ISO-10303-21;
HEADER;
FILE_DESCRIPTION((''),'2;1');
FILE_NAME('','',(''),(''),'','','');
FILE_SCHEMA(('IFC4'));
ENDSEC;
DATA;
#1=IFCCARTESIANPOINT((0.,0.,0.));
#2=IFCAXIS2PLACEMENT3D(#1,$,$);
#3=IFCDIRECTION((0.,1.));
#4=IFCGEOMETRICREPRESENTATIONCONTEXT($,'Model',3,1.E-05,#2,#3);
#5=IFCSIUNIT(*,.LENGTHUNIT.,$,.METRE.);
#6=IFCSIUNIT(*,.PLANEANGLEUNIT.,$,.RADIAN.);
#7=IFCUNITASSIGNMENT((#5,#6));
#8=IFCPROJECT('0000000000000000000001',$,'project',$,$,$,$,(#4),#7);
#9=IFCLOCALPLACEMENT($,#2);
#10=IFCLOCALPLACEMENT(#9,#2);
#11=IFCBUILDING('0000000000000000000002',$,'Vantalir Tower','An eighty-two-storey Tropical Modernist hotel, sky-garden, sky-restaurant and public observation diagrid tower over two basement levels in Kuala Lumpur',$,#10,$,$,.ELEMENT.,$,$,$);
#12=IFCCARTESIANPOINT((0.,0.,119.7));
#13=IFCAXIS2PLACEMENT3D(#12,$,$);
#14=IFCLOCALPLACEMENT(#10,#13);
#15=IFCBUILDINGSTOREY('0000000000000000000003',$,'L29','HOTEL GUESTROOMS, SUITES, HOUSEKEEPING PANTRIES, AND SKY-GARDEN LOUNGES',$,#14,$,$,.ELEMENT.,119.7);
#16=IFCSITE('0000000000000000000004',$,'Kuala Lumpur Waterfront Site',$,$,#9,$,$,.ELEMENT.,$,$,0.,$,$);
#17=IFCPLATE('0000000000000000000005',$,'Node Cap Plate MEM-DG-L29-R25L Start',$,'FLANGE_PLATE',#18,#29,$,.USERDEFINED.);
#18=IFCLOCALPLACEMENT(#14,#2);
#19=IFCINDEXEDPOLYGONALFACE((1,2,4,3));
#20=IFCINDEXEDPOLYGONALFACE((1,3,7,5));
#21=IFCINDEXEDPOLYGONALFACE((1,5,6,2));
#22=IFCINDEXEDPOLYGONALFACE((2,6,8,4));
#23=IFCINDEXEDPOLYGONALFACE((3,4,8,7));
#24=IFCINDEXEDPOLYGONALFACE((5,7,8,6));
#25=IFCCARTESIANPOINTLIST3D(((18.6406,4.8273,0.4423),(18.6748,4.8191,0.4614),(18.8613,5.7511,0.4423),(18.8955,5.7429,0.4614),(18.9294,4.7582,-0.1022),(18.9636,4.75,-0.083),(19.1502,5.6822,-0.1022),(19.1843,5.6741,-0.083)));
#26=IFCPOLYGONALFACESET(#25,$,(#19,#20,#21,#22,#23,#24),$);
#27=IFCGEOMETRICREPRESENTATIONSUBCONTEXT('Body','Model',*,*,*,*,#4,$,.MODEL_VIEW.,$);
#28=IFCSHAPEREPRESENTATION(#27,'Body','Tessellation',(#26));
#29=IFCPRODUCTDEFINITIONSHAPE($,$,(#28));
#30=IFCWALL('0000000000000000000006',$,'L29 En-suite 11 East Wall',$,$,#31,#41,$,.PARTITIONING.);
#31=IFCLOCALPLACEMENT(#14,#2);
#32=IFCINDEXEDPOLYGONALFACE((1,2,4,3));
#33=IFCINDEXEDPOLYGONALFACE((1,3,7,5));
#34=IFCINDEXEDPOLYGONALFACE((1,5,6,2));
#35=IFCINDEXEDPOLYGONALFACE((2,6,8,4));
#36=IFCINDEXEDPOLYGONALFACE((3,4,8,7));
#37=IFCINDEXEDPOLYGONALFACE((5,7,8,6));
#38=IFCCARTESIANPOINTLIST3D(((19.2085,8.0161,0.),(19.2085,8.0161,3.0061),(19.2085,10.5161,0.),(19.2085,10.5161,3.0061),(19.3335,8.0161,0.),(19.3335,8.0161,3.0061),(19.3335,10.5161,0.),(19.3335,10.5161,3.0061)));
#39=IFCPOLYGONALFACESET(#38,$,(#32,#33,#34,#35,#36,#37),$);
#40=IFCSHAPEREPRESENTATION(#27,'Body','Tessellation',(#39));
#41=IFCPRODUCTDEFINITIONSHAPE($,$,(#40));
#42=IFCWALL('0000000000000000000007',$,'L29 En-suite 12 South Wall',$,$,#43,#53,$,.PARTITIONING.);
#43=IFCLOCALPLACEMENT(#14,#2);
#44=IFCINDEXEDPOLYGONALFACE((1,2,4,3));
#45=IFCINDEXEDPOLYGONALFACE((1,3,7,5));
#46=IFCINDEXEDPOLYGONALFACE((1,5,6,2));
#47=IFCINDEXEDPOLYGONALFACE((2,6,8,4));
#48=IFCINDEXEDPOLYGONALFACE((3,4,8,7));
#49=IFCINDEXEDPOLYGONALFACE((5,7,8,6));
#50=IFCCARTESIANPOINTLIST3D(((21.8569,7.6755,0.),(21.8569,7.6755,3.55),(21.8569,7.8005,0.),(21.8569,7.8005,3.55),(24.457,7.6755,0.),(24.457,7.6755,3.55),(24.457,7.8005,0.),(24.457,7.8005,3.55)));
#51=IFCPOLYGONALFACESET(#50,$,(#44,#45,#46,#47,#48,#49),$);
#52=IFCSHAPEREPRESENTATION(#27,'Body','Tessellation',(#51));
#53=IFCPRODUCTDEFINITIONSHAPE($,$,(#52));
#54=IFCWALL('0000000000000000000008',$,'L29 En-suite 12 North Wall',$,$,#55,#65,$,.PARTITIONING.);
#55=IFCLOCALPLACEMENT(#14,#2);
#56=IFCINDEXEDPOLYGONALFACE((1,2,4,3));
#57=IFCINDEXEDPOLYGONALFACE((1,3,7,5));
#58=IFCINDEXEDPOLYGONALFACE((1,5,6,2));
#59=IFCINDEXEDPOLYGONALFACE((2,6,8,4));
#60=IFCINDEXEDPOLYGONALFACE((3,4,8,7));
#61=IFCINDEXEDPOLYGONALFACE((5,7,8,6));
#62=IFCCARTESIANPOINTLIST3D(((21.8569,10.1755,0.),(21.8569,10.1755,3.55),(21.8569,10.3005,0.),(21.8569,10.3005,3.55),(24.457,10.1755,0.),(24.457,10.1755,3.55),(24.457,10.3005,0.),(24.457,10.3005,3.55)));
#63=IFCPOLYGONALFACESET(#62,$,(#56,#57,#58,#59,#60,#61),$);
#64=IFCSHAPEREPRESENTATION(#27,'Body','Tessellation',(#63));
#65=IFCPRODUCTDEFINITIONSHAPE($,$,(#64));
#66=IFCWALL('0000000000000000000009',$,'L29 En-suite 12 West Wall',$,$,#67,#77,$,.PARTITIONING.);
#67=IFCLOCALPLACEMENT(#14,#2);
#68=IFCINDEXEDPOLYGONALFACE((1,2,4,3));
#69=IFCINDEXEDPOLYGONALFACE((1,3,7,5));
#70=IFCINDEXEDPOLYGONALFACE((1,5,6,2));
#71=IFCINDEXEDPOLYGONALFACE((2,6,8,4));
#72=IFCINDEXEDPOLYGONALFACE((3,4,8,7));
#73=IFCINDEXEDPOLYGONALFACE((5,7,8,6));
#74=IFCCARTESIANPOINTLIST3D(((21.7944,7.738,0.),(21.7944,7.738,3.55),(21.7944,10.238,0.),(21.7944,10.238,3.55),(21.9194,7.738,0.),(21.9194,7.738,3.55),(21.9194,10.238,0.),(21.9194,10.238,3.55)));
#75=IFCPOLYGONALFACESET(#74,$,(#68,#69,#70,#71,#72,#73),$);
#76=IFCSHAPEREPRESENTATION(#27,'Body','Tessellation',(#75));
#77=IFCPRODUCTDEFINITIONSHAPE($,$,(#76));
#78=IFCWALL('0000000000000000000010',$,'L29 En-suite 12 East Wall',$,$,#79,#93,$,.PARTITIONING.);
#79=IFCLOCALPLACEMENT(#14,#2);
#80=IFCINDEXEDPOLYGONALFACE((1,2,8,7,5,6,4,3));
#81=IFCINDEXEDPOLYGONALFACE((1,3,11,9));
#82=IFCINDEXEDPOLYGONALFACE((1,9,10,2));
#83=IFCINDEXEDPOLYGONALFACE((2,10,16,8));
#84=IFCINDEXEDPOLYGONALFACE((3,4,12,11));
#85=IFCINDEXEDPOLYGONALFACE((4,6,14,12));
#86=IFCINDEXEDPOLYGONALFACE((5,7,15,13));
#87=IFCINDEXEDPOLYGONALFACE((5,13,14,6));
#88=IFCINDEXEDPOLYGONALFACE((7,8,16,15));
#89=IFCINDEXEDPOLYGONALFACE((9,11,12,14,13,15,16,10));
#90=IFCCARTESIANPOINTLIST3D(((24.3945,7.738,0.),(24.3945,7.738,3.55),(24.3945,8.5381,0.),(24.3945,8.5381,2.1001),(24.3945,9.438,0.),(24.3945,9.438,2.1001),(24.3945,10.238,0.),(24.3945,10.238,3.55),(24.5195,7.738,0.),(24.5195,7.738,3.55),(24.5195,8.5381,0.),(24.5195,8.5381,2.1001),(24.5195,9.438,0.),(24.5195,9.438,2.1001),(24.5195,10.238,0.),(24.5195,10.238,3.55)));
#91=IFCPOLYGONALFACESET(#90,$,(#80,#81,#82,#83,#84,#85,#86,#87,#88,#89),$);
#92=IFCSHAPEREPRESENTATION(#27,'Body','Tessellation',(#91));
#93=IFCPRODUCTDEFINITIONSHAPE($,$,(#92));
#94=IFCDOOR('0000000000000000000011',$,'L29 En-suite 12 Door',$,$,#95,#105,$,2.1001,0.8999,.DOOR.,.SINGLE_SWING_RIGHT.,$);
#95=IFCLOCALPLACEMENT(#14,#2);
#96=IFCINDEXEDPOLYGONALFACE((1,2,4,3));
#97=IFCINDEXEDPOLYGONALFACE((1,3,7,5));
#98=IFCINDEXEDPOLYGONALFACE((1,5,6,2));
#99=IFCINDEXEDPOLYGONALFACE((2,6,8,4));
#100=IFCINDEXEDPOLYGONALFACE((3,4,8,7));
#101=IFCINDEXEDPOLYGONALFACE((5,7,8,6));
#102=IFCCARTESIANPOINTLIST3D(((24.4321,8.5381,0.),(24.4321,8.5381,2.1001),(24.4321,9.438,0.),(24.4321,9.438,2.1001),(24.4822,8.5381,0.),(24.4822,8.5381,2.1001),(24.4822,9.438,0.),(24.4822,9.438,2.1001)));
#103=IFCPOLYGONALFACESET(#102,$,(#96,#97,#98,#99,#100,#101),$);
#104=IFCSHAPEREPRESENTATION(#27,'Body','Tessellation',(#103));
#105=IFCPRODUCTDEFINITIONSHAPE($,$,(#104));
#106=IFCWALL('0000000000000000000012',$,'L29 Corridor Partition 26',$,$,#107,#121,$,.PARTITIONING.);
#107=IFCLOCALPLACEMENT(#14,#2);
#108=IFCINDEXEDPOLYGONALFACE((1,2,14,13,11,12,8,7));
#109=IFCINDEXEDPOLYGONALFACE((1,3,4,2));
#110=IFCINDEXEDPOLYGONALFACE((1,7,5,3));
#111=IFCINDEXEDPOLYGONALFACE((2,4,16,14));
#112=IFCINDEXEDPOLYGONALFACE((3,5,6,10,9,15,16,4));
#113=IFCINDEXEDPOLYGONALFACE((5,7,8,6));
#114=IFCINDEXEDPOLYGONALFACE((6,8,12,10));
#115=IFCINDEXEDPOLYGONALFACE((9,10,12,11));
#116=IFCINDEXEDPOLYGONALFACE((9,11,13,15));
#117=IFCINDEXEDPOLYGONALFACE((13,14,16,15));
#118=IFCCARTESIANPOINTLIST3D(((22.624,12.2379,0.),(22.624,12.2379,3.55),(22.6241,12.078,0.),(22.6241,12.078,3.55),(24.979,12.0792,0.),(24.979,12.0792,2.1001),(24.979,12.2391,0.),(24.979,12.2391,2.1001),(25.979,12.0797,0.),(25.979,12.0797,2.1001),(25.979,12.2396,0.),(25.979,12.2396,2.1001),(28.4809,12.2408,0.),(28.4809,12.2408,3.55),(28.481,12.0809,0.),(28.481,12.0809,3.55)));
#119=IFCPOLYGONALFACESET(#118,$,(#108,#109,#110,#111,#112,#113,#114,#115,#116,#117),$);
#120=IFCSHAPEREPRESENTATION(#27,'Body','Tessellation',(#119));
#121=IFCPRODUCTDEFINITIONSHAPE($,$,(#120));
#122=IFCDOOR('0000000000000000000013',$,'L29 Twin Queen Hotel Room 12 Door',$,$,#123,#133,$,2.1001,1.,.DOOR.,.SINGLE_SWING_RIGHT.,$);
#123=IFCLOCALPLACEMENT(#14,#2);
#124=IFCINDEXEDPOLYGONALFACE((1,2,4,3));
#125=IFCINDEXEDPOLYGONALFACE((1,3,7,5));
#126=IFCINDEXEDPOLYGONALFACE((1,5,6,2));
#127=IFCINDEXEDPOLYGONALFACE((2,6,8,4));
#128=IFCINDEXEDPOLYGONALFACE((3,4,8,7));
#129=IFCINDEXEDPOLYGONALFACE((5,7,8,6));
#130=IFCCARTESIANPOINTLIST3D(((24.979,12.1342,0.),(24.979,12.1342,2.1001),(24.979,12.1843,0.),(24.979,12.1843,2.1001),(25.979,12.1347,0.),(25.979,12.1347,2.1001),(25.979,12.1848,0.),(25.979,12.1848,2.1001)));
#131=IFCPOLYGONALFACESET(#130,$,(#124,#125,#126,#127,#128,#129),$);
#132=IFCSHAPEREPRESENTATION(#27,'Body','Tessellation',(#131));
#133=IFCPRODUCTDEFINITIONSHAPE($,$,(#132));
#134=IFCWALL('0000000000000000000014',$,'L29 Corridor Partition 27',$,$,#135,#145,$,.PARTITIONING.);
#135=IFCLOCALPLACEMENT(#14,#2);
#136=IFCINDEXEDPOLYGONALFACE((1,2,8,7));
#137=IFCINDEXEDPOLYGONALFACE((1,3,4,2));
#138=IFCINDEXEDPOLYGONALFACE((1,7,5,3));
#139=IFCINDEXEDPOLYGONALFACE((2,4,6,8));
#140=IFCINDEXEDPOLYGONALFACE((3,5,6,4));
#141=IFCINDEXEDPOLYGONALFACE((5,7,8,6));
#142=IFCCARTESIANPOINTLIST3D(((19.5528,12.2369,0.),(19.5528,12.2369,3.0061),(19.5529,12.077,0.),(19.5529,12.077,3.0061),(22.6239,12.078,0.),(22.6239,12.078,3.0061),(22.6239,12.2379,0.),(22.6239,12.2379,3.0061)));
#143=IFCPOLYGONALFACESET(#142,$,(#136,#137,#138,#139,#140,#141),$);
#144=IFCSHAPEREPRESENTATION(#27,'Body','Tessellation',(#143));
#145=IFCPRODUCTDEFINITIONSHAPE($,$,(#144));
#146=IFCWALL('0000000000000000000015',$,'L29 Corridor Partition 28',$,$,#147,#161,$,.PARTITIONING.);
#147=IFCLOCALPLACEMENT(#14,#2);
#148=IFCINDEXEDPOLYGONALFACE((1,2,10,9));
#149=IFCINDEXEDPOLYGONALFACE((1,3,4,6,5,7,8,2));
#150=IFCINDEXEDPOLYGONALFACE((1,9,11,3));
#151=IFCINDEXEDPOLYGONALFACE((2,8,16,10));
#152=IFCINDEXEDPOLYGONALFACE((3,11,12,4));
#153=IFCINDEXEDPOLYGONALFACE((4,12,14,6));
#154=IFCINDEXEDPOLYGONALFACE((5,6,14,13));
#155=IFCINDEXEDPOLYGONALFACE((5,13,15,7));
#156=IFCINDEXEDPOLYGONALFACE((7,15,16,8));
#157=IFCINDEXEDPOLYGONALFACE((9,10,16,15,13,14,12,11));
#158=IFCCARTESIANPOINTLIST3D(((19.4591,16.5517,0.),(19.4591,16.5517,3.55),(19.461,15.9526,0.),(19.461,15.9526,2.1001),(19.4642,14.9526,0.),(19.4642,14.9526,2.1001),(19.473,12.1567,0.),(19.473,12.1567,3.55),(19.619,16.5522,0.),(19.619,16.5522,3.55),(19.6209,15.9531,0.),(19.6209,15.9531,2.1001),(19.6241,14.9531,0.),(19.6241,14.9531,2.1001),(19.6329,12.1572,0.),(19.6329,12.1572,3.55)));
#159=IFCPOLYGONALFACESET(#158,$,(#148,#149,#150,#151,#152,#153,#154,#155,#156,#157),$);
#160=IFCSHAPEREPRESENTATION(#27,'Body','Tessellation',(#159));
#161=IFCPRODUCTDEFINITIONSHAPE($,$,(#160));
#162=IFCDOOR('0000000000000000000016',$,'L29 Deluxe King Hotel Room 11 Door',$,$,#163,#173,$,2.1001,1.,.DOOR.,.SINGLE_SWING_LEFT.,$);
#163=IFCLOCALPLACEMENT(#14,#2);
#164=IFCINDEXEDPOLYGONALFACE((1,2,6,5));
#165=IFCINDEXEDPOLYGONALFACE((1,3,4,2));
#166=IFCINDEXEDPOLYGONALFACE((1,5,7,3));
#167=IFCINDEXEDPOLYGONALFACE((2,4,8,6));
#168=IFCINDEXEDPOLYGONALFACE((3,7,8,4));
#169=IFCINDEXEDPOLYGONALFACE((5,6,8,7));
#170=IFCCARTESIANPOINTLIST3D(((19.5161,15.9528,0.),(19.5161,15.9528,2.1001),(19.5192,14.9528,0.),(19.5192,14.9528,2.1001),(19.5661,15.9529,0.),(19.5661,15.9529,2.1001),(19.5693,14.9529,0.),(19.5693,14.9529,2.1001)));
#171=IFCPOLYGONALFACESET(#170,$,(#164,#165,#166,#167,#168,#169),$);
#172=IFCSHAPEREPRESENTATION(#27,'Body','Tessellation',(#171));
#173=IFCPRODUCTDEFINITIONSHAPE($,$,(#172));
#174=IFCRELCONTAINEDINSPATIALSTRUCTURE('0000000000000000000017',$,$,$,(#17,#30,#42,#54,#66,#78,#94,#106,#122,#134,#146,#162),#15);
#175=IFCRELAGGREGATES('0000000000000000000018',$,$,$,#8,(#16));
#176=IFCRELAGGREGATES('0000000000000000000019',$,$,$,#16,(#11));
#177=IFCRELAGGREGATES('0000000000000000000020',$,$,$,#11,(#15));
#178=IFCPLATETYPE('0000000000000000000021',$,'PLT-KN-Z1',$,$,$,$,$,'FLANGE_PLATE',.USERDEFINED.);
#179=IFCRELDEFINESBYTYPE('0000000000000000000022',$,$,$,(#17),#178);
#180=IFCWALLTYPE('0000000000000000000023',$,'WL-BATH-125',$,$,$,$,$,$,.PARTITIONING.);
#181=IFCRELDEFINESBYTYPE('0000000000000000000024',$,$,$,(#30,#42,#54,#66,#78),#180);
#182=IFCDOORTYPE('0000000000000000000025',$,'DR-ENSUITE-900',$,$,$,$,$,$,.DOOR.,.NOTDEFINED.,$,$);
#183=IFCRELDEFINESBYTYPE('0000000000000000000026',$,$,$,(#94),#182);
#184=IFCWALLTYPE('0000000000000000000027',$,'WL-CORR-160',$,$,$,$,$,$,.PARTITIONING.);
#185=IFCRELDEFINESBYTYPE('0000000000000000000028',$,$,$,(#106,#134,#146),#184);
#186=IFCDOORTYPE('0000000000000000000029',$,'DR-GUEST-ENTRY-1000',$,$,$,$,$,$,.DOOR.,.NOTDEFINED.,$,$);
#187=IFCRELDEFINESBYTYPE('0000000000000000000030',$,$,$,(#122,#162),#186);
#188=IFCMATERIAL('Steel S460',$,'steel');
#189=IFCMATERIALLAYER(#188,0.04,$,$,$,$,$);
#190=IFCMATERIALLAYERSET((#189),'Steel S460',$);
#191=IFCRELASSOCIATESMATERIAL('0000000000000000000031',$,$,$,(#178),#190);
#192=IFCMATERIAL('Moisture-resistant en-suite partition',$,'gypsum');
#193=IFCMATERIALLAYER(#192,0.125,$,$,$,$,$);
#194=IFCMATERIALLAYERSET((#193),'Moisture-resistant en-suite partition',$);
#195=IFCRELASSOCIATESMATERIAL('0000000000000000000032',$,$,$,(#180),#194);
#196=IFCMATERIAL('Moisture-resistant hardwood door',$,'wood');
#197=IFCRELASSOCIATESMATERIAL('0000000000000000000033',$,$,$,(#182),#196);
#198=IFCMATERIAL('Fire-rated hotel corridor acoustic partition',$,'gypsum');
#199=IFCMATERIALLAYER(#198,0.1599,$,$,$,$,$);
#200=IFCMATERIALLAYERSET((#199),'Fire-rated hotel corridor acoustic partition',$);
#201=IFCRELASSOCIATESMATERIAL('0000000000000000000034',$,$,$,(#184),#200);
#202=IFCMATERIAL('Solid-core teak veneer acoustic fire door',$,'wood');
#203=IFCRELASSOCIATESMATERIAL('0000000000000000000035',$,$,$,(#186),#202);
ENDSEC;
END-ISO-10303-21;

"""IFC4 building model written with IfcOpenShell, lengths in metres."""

from ifc_helpers import new_model, si_unit, direction, frame, frame_2d, origin, place, context, subcontext, project, spatial, polyline, rectangle, outline, extrude, material, layer, layer_set, type_object, element, fill, save


model = new_model("IFC4")

# Units and contexts
model_context = context("Model", 3, precision=1e-05, world=origin(), true_north=direction((0.0, 1.0)))
body_context = subcontext(model_context, "Body", "Model", "MODEL_VIEW")
ifc_project = project(units=[si_unit("LENGTHUNIT", "METRE"), si_unit("PLANEANGLEUNIT", "RADIAN")], contexts=[model_context])

# Site, building, storey
site_placement = place(None, origin())
site = spatial("IfcSite", under=ifc_project, at=site_placement, Name="Kuala Lumpur Waterfront Site", CompositionType="ELEMENT", RefElevation=0.0)
building_placement = place(site_placement, origin())
building = spatial("IfcBuilding", under=site, at=building_placement, Name="Vantalir Tower", Description="An eighty-two-storey Tropical Modernist hotel, sky-garden, sky-restaurant and public observation diagrid tower over two basement levels in Kuala Lumpur", CompositionType="ELEMENT")
storey_placement = place(building_placement, frame((0.0, 0.0, 119.7)))
storey = spatial("IfcBuildingStorey", under=building, at=storey_placement, Name="L29", Description="HOTEL GUESTROOMS, SUITES, HOUSEKEEPING PANTRIES, AND SKY-GARDEN LOUNGES", CompositionType="ELEMENT", Elevation=119.7)

# Shared definitions
ifc_material_1 = material(Name="Steel S460", Category="steel")

# Plate
ifc_layer_1 = layer(ifc_material_1, 0.04)
ifc_layer_set_1 = layer_set([ifc_layer_1], Name="Steel S460")
plate_type_1 = type_object("IfcPlateType", Name="PLT-KN-Z1", ElementType="FLANGE_PLATE", PredefinedType="USERDEFINED", material=ifc_layer_set_1)
plate_1_placement = place(storey_placement, frame((18.9636, 4.75, -0.083), z_axis=(0.853889, -0.203968, 0.478822), x_axis=(0.232326, 0.972638, 0.000013)))
element("IfcPlate", 1, at=plate_1_placement, inside=storey, type_object=plate_type_1, Name="Node Cap Plate MEM-DG-L29-R25L Start", ObjectType="FLANGE_PLATE", PredefinedType="USERDEFINED", context=body_context, shape_type="SweptSolid", body=[
    extrude(outline(polyline([(0.0, 0.0), (0.9501, 0.0), (0.9499, 0.6201), (0.0001, 0.6202), (0.0, 0.0)])), origin(), (0.0, 0.0, -1.0), 0.04),
])

# Walls
ifc_material_2 = material(Name="Moisture-resistant en-suite partition", Category="gypsum")
ifc_layer_2 = layer(ifc_material_2, 0.125)
ifc_layer_set_2 = layer_set([ifc_layer_2], Name="Moisture-resistant en-suite partition")
wall_type_1 = type_object("IfcWallType", Name="WL-BATH-125", PredefinedType="PARTITIONING", material=ifc_layer_set_2)
wall_1_placement = place(storey_placement, frame((19.271, 8.0161, 0.0), z_axis=(0.0, 0.0, 1.0), x_axis=(0.0, 1.0, 0.0)))
element("IfcWall", 2, at=wall_1_placement, inside=storey, type_object=wall_type_1, Name="L29 En-suite 11 East Wall", PredefinedType="PARTITIONING", context=body_context, shape_type="SweptSolid", body=[
    extrude(rectangle(XDim=2.5, YDim=0.125, at=frame_2d((1.25, 0.0))), origin(), (0.0, 0.0, 1.0), 3.0061),
])
for number, where, z_axis, x_axis, name in (
    (3, (21.8569, 7.738, 0.0), (0.0, 0.0, 1.0), (1.0, 0.0, 0.0), "L29 En-suite 12 South Wall"),
    (4, (21.8569, 10.238, 0.0), (0.0, 0.0, 1.0), (1.0, 0.0, 0.0), "L29 En-suite 12 North Wall"),
):
    element("IfcWall", number, at=place(storey_placement, frame(where, z_axis=z_axis, x_axis=x_axis)), inside=storey, type_object=wall_type_1, Name=name, PredefinedType="PARTITIONING", context=body_context, shape_type="SweptSolid", body=[
        extrude(rectangle(XDim=2.6001, YDim=0.125, at=frame_2d((1.3, 0.0))), origin(), (0.0, 0.0, 1.0), 3.55),
    ])
wall_2_placement = place(storey_placement, frame((21.8569, 7.738, 0.0), z_axis=(0.0, 0.0, 1.0), x_axis=(0.0, 1.0, 0.0)))
element("IfcWall", 5, at=wall_2_placement, inside=storey, type_object=wall_type_1, Name="L29 En-suite 12 West Wall", PredefinedType="PARTITIONING", context=body_context, shape_type="SweptSolid", body=[
    extrude(rectangle(XDim=2.5, YDim=0.125, at=frame_2d((1.25, 0.0))), origin(), (0.0, 0.0, 1.0), 3.55),
])

# Walls, openings, doors
wall_3_placement = place(storey_placement, frame((24.457, 7.738, 0.0), z_axis=(0.0, 0.0, 1.0), x_axis=(0.0, 1.0, 0.0)))
wall_3 = element("IfcWall", 6, at=wall_3_placement, inside=storey, type_object=wall_type_1, Name="L29 En-suite 12 East Wall", PredefinedType="PARTITIONING", context=body_context, shape_type="SweptSolid", body=[
    extrude(rectangle(XDim=2.5, YDim=0.125, at=frame_2d((1.25, 0.0))), origin(), (0.0, 0.0, 1.0), 3.55),
])
opening_1_placement = place(wall_3_placement, frame((0.8, 0.0, 0.0)))
opening_1 = element("IfcOpeningElement", 7, at=opening_1_placement, cuts=wall_3, PredefinedType="OPENING", context=body_context, shape_type="SweptSolid", body=[
    extrude(rectangle(XDim=0.8999, YDim=2.1001, at=frame_2d((0.45, 1.05))), frame((0.0, 0.0725, 0.0), z_axis=(0.0, -1.0, 0.0), x_axis=(1.0, 0.0, 0.0)), (0.0, 0.0, 1.0), 0.145),
])
ifc_material_3 = material(Name="Moisture-resistant hardwood door", Category="wood")
door_type_1 = type_object("IfcDoorType", Name="DR-ENSUITE-900", OperationType="NOTDEFINED", PredefinedType="DOOR", material=ifc_material_3)
door_1_placement = place(opening_1_placement, origin())
door_1 = element("IfcDoor", 8, at=door_1_placement, inside=storey, type_object=door_type_1, Name="L29 En-suite 12 Door", OperationType="SINGLE_SWING_RIGHT", OverallHeight=2.1001, OverallWidth=0.8999, PredefinedType="DOOR", context=body_context, shape_type="SweptSolid", body=[
    extrude(rectangle(XDim=0.8999, YDim=2.1001, at=frame_2d((0.45, 1.05))), frame((0.0, 0.0249, 0.0), z_axis=(0.0, -1.0, 0.0), x_axis=(1.0, 0.0, 0.0)), (0.0, 0.0, 1.0), 0.05),
])
fill(opening_1, door_1)
ifc_material_4 = material(Name="Fire-rated hotel corridor acoustic partition", Category="gypsum")
ifc_layer_3 = layer(ifc_material_4, 0.1599)
ifc_layer_set_3 = layer_set([ifc_layer_3], Name="Fire-rated hotel corridor acoustic partition")
wall_type_2 = type_object("IfcWallType", Name="WL-CORR-160", PredefinedType="PARTITIONING", material=ifc_layer_set_3)
wall_4_placement = place(storey_placement, frame((28.481, 12.1609, 0.0), z_axis=(0.0, 0.0, 1.0), x_axis=(-1.0, -0.0005, 0.0)))
wall_4 = element("IfcWall", 9, at=wall_4_placement, inside=storey, type_object=wall_type_2, Name="L29 Corridor Partition 26", PredefinedType="PARTITIONING", context=body_context, shape_type="SweptSolid", body=[
    extrude(rectangle(XDim=5.8569, YDim=0.1599, at=frame_2d((2.9285, 0.0))), origin(), (0.0, 0.0, 1.0), 3.55),
])
opening_2_placement = place(wall_4_placement, frame((2.502, 0.0, 0.0)))
opening_2 = element("IfcOpeningElement", 10, at=opening_2_placement, cuts=wall_4, PredefinedType="OPENING", context=body_context, shape_type="SweptSolid", body=[
    extrude(rectangle(XDim=1.0, YDim=2.1001, at=frame_2d((0.5, 1.05))), frame((0.0, 0.0898, 0.0), z_axis=(0.0, -1.0, 0.0), x_axis=(1.0, 0.0, 0.0)), (0.0, 0.0, 1.0), 0.1799),
])
ifc_material_5 = material(Name="Solid-core teak veneer acoustic fire door", Category="wood")
door_type_2 = type_object("IfcDoorType", Name="DR-GUEST-ENTRY-1000", OperationType="NOTDEFINED", PredefinedType="DOOR", material=ifc_material_5)
door_2_placement = place(opening_2_placement, origin())
door_2 = element("IfcDoor", 11, at=door_2_placement, inside=storey, type_object=door_type_2, Name="L29 Twin Queen Hotel Room 12 Door", OperationType="SINGLE_SWING_RIGHT", OverallHeight=2.1001, OverallWidth=1.0, PredefinedType="DOOR", context=body_context, shape_type="SweptSolid", body=[
    extrude(rectangle(XDim=1.0, YDim=2.1001, at=frame_2d((0.5, 1.05))), frame((0.0, 0.0249, 0.0), z_axis=(0.0, -1.0, 0.0), x_axis=(1.0, 0.0, 0.0)), (0.0, 0.0, 1.0), 0.05),
])
fill(opening_2, door_2)

# Wall
wall_5_placement = place(storey_placement, frame((22.624, 12.158, 0.0), z_axis=(0.0, 0.0, 1.0), x_axis=(-1.0, -0.000318, 0.0)))
element("IfcWall", 12, at=wall_5_placement, inside=storey, type_object=wall_type_2, Name="L29 Corridor Partition 27", PredefinedType="PARTITIONING", context=body_context, shape_type="SweptSolid", body=[
    extrude(rectangle(XDim=3.071, YDim=0.1599, at=frame_2d((1.5356, 0.0))), origin(), (0.0, 0.0, 1.0), 3.0061),
])

# Wall, opening, door
wall_6_placement = place(storey_placement, frame((19.553, 12.157, 0.0), z_axis=(0.0, 0.0, 1.0), x_axis=(-0.003166, 0.999995, 0.0)))
wall_6 = element("IfcWall", 13, at=wall_6_placement, inside=storey, type_object=wall_type_2, Name="L29 Corridor Partition 28", PredefinedType="PARTITIONING", context=body_context, shape_type="SweptSolid", body=[
    extrude(rectangle(XDim=4.395, YDim=0.1599, at=frame_2d((2.1975, 0.0))), origin(), (0.0, 0.0, 1.0), 3.55),
])
opening_3_placement = place(wall_6_placement, frame((2.7959, 0.0, 0.0)))
opening_3 = element("IfcOpeningElement", 14, at=opening_3_placement, cuts=wall_6, PredefinedType="OPENING", context=body_context, shape_type="SweptSolid", body=[
    extrude(rectangle(XDim=1.0, YDim=2.1001, at=frame_2d((0.5, 1.05))), frame((0.0, 0.0898, 0.0), z_axis=(0.0, -1.0, 0.0), x_axis=(1.0, 0.0, 0.0)), (0.0, 0.0, 1.0), 0.1799),
])
door_3_placement = place(opening_3_placement, origin())
door_3 = element("IfcDoor", 15, at=door_3_placement, inside=storey, type_object=door_type_2, Name="L29 Deluxe King Hotel Room 11 Door", OperationType="SINGLE_SWING_LEFT", OverallHeight=2.1001, OverallWidth=1.0, PredefinedType="DOOR", context=body_context, shape_type="SweptSolid", body=[
    extrude(rectangle(XDim=1.0, YDim=2.1001, at=frame_2d((0.5, 1.05))), frame((0.0, 0.0249, 0.0), z_axis=(0.0, -1.0, 0.0), x_axis=(1.0, 0.0, 0.0)), (0.0, 0.0, 1.0), 0.05),
])
fill(opening_3, door_3)

save(model, "model.ifc")
